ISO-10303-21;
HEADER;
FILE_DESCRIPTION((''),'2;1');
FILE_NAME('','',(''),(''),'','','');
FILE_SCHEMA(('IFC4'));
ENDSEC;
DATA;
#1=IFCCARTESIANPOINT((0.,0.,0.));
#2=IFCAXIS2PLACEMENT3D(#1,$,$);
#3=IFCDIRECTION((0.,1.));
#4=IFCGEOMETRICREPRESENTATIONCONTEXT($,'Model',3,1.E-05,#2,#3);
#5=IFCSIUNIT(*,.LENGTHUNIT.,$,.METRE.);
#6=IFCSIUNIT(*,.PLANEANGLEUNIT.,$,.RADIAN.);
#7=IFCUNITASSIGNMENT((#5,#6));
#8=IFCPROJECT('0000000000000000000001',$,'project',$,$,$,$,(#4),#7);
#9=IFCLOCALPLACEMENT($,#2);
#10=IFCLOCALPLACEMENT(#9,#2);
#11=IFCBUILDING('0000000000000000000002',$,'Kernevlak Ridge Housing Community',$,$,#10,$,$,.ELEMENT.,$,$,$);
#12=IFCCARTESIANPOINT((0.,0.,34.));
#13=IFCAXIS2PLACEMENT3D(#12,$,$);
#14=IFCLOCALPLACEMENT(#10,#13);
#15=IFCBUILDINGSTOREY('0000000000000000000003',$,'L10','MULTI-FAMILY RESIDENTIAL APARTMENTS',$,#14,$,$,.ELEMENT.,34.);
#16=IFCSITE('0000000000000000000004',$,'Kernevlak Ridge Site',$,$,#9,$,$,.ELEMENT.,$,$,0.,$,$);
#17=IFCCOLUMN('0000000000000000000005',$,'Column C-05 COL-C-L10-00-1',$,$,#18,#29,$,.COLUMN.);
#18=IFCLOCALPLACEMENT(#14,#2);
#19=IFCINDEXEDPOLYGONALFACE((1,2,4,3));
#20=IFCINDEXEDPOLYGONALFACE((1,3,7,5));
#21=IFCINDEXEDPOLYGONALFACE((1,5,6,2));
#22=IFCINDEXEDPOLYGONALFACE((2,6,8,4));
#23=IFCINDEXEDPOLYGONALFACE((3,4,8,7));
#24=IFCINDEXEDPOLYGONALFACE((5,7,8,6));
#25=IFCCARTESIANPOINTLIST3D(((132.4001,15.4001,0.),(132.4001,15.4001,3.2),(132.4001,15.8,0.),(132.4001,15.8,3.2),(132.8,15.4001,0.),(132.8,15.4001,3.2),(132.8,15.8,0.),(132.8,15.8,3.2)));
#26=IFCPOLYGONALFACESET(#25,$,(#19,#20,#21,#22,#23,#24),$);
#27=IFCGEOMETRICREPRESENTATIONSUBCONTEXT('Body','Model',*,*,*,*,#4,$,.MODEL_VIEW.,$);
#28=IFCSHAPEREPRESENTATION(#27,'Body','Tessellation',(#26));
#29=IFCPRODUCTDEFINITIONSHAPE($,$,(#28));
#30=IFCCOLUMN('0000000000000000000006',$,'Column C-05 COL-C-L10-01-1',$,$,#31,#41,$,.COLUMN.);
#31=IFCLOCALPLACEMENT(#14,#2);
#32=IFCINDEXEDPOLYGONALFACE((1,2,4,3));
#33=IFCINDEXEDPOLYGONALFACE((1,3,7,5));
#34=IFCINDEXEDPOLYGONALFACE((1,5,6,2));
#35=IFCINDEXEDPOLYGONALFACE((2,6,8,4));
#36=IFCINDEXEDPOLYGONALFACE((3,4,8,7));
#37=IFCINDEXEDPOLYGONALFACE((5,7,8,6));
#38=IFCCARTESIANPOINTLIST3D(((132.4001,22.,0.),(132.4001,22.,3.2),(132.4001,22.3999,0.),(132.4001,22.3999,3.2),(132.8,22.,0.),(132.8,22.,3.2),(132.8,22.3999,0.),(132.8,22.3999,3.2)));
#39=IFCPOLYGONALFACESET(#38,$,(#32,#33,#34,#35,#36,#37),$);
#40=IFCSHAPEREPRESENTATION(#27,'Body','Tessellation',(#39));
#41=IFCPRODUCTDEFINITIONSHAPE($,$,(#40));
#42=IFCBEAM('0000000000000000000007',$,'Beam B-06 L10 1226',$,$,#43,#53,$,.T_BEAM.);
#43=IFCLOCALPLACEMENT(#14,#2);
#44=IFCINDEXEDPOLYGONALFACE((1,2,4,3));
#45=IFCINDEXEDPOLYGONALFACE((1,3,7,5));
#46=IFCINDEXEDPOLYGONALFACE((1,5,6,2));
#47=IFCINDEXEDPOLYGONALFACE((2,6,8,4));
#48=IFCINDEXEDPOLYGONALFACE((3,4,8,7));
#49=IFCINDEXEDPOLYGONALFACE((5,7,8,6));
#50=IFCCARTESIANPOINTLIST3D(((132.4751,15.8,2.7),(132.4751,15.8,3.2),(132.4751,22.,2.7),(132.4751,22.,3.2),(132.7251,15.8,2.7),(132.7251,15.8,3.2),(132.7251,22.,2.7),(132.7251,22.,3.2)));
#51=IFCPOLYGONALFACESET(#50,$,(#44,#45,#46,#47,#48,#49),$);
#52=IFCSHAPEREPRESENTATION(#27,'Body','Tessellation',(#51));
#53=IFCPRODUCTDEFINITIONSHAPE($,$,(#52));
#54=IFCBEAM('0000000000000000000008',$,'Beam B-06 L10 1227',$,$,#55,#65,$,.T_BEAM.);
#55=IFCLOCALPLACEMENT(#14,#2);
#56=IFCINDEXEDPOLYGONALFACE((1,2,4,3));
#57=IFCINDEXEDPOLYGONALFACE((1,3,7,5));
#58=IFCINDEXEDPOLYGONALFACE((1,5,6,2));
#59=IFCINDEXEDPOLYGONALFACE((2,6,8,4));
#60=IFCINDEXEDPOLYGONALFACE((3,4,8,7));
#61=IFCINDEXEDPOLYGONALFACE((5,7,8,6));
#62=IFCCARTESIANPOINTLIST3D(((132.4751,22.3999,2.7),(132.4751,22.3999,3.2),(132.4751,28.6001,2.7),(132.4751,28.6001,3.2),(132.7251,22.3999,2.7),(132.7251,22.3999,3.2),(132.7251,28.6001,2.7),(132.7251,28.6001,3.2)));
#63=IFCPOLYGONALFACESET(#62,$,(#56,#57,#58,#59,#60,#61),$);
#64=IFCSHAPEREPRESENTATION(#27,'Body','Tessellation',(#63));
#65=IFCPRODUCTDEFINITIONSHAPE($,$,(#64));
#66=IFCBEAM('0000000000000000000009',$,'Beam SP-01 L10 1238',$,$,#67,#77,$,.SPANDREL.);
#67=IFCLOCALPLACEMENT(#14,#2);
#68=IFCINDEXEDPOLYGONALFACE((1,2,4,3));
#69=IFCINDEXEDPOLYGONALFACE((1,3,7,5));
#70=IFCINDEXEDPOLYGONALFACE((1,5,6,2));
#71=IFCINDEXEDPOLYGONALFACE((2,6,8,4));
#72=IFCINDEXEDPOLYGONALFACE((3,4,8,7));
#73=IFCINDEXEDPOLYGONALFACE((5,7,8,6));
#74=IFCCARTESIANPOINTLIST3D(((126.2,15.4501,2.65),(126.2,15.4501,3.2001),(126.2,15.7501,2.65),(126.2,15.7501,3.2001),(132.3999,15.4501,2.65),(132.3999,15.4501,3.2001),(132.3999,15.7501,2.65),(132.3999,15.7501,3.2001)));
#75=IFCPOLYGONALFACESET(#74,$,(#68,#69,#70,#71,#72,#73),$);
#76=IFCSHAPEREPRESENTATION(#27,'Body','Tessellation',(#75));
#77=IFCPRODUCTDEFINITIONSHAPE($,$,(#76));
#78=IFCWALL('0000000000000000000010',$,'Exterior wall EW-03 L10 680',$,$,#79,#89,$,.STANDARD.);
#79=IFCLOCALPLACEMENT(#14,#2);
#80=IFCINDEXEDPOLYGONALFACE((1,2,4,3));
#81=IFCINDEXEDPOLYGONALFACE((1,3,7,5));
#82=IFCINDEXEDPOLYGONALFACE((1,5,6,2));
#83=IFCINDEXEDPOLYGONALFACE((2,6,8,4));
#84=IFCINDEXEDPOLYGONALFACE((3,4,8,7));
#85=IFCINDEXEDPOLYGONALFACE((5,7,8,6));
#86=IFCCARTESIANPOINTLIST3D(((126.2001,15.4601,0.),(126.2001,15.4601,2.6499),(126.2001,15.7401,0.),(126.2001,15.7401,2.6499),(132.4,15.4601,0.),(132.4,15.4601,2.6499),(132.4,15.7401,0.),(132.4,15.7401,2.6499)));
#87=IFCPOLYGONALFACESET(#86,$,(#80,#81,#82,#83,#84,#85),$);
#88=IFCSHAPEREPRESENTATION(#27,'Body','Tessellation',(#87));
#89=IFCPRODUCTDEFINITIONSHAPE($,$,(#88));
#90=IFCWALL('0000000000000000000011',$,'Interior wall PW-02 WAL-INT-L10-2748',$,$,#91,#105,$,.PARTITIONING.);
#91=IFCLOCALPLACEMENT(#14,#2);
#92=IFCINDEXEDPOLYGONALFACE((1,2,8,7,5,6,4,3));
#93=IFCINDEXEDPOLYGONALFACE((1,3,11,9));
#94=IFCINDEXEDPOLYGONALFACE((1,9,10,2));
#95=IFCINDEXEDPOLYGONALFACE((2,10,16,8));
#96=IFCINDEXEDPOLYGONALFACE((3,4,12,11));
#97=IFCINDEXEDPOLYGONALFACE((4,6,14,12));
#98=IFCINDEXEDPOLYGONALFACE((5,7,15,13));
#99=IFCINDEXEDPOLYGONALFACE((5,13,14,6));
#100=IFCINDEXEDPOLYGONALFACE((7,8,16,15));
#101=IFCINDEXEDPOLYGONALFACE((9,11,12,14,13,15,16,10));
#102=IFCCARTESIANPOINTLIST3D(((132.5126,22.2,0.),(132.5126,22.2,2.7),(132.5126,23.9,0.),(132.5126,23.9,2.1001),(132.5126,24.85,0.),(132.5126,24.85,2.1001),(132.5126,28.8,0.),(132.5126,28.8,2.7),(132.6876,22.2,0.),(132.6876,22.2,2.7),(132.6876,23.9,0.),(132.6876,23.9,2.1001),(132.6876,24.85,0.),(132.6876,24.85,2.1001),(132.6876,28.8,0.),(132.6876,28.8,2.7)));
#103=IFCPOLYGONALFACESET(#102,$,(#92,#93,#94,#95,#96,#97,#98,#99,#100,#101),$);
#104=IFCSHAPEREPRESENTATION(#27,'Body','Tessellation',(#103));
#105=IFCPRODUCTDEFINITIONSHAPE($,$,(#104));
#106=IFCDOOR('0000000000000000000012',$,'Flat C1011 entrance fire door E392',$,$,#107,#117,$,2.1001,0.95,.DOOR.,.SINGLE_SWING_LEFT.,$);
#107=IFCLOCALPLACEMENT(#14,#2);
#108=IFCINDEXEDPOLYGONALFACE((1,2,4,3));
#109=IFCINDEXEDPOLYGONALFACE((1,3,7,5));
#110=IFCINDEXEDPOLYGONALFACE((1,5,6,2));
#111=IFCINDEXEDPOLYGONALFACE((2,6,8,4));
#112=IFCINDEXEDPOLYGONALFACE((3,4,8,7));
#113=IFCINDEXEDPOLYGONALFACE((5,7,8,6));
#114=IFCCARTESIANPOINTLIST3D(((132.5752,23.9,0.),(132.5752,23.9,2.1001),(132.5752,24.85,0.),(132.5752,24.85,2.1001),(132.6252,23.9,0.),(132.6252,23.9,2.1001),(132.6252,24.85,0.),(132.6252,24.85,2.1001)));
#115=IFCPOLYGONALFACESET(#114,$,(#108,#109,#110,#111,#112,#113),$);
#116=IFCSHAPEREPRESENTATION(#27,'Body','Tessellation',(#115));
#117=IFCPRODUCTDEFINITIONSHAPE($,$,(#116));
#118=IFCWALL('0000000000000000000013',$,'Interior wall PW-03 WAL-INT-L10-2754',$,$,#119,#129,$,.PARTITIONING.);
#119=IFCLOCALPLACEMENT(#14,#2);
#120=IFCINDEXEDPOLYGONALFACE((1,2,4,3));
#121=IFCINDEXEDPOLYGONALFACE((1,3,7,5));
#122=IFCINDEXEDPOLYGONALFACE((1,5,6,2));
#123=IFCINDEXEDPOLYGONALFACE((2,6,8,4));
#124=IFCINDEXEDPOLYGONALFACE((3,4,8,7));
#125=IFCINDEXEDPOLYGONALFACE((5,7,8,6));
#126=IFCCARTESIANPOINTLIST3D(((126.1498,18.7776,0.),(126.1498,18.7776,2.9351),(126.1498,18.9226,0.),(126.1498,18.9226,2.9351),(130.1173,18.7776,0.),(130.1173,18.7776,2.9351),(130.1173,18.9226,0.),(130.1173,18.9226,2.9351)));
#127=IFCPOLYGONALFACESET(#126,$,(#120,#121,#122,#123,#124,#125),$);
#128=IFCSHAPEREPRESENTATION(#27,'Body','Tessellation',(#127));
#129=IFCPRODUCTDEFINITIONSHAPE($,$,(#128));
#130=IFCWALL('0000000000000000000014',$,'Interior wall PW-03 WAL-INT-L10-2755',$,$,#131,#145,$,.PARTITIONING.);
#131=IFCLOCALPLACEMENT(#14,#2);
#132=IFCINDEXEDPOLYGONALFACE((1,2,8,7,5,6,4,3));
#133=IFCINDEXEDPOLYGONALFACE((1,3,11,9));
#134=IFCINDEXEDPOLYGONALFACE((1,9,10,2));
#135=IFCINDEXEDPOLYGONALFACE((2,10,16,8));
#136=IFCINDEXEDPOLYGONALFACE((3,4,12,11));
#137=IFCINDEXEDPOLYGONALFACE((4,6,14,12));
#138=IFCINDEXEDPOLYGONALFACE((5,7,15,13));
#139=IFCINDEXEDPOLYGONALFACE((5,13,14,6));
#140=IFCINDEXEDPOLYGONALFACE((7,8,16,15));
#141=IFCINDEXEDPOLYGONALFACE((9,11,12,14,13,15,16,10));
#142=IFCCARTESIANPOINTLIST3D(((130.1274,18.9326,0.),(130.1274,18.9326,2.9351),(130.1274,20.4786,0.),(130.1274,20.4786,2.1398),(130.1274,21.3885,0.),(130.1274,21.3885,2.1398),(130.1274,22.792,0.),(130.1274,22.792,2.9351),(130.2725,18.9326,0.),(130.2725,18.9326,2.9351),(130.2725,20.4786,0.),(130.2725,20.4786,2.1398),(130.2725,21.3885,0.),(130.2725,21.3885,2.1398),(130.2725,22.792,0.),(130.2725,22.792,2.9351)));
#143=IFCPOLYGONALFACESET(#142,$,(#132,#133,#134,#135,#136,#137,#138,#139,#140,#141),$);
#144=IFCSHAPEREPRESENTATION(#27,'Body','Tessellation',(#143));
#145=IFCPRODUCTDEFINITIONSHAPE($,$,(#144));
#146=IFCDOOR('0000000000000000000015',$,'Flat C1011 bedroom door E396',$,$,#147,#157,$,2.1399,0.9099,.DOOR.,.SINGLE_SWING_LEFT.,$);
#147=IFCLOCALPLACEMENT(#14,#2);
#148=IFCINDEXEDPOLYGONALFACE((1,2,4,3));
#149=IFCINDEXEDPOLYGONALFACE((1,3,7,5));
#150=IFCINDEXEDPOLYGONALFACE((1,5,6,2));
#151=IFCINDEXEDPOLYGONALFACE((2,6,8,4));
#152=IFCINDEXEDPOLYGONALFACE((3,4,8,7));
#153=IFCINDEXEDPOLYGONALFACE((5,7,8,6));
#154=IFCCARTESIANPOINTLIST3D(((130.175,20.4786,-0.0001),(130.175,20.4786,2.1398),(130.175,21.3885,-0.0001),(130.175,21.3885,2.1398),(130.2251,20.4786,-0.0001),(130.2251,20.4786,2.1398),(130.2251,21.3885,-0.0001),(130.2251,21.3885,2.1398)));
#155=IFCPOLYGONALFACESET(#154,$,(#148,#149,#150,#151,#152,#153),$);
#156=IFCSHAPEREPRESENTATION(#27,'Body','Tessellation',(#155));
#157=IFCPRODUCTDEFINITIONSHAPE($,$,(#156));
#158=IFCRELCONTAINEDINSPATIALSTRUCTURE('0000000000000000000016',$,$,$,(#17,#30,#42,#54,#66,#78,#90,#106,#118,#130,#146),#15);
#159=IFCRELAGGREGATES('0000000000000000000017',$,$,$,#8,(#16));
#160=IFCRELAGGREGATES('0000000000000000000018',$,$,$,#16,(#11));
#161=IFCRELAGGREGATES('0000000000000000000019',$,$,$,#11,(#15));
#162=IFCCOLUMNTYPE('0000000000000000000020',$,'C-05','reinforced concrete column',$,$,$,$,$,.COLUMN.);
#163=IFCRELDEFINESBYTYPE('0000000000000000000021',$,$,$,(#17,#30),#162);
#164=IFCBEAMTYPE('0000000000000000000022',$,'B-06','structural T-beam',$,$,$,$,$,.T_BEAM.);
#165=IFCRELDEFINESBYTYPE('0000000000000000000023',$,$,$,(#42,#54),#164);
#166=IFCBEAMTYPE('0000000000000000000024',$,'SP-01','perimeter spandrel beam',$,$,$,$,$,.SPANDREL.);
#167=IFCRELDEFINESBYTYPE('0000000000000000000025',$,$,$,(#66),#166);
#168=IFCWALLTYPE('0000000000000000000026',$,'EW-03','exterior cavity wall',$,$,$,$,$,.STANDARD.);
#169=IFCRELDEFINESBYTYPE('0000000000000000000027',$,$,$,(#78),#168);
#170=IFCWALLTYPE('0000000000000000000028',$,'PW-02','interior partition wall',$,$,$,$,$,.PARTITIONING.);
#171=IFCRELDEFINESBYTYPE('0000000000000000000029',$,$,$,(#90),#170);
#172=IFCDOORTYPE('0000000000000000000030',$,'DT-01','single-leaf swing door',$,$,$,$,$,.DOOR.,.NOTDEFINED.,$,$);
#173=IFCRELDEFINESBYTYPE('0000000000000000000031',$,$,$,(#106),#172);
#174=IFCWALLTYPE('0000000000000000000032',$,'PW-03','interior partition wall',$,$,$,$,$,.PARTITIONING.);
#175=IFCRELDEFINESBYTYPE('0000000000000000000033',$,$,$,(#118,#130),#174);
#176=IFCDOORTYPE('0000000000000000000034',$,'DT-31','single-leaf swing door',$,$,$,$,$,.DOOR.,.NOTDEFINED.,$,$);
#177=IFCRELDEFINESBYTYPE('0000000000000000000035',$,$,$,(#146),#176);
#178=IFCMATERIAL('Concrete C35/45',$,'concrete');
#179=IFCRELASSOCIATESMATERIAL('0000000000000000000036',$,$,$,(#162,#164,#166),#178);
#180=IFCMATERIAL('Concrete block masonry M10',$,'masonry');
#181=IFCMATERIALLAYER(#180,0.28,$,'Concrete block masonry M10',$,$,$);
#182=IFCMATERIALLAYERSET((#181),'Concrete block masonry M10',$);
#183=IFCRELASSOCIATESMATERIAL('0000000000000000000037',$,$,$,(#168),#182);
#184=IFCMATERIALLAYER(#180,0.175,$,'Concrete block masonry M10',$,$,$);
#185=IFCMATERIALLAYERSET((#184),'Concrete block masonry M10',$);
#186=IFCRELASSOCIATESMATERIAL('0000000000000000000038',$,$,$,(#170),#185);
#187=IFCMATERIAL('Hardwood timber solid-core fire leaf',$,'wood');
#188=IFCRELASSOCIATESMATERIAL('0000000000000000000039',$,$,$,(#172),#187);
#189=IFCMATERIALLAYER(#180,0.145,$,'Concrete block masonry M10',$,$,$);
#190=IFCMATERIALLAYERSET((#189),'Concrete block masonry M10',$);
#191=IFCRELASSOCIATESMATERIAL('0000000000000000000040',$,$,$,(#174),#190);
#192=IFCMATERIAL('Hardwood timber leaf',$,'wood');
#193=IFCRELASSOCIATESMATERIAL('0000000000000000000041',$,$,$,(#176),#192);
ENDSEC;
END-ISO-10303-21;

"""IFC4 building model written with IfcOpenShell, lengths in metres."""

from ifc_helpers import new_model, si_unit, direction, frame, frame_2d, origin, origin_2d, place, context, subcontext, project, spatial, rectangle, extrude, material, layer, layer_set, material_profile, profile_set, type_object, element, fill, save


model = new_model("IFC4")

# Units and contexts
model_context = context("Model", 3, precision=1e-05, world=origin(), true_north=direction((0.0, 1.0)))
body_context = subcontext(model_context, "Body", "Model", "MODEL_VIEW")
ifc_project = project(units=[si_unit("LENGTHUNIT", "METRE"), si_unit("PLANEANGLEUNIT", "RADIAN")], contexts=[model_context])

# Site, building, storey
site_placement = place(None, origin())
site = spatial("IfcSite", under=ifc_project, at=site_placement, Name="Kernevlak Ridge Site", CompositionType="ELEMENT", RefElevation=0.0)
building_placement = place(site_placement, origin())
building = spatial("IfcBuilding", under=site, at=building_placement, Name="Kernevlak Ridge Housing Community", CompositionType="ELEMENT")
storey_placement = place(building_placement, frame((0.0, 0.0, 34.0)))
storey = spatial("IfcBuildingStorey", under=building, at=storey_placement, Name="L10", Description="MULTI-FAMILY RESIDENTIAL APARTMENTS", CompositionType="ELEMENT", Elevation=34.0)

# Columns
ifc_material_1 = material(Name="Concrete C35/45", Category="concrete")
ifc_material_profile_1 = material_profile(ifc_material_1, rectangle(XDim=0.3999, YDim=0.3999, at=origin_2d()), Name="RC 400x400")
ifc_profile_set_1 = profile_set([ifc_material_profile_1], Name="Concrete C35/45")
column_type = type_object("IfcColumnType", Name="C-05", Description="reinforced concrete column", PredefinedType="COLUMN", material=ifc_profile_set_1)
for number, where, z_axis, x_axis, name in (
    (1, (132.6001, 15.6001, 0.0), (0.0, 0.0, 1.0), (1.0, 0.0, 0.0), "Column C-05 COL-C-L10-00-1"),
    (2, (132.6001, 22.2, 0.0), (0.0, 0.0, 1.0), (1.0, 0.0, 0.0), "Column C-05 COL-C-L10-01-1"),
):
    element("IfcColumn", number, at=place(storey_placement, frame(where, z_axis=z_axis, x_axis=x_axis)), inside=storey, type_object=column_type, Name=name, PredefinedType="COLUMN", context=body_context, shape_type="SweptSolid", body=[
        extrude(rectangle(XDim=0.3999, YDim=0.3999, at=origin_2d()), origin(), (0.0, 0.0, 1.0), 3.2),
    ])

# Beams
ifc_material_profile_2 = material_profile(ifc_material_1, rectangle(XDim=0.25, YDim=0.5, at=origin_2d()), Name="RC 250x500")
ifc_profile_set_2 = profile_set([ifc_material_profile_2], Name="Concrete C35/45")
beam_type_1 = type_object("IfcBeamType", Name="B-06", Description="structural T-beam", PredefinedType="T_BEAM", material=ifc_profile_set_2)
beam_1_placement = place(storey_placement, frame((132.6001, 15.8, 2.95), z_axis=(0.0, 1.0, 0.0), x_axis=(-1.0, 0.0, 0.0)))
element("IfcBeam", 3, at=beam_1_placement, inside=storey, type_object=beam_type_1, Name="Beam B-06 L10 1226", PredefinedType="T_BEAM", context=body_context, shape_type="SweptSolid", body=[
    extrude(rectangle(XDim=0.25, YDim=0.5, at=origin_2d()), origin(), (0.0, 0.0, 1.0), 6.2),
])
beam_2_placement = place(storey_placement, frame((132.6001, 22.3999, 2.95), z_axis=(0.0, 1.0, 0.0), x_axis=(-1.0, 0.0, 0.0)))
element("IfcBeam", 4, at=beam_2_placement, inside=storey, type_object=beam_type_1, Name="Beam B-06 L10 1227", PredefinedType="T_BEAM", context=body_context, shape_type="SweptSolid", body=[
    extrude(rectangle(XDim=0.25, YDim=0.5, at=origin_2d()), origin(), (0.0, 0.0, 1.0), 6.2002),
])
ifc_material_profile_3 = material_profile(ifc_material_1, rectangle(XDim=0.3, YDim=0.55, at=origin_2d()), Name="RC 300x550")
ifc_profile_set_3 = profile_set([ifc_material_profile_3], Name="Concrete C35/45")
beam_type_2 = type_object("IfcBeamType", Name="SP-01", Description="perimeter spandrel beam", PredefinedType="SPANDREL", material=ifc_profile_set_3)
beam_3_placement = place(storey_placement, frame((126.2, 15.6001, 2.925), z_axis=(1.0, 0.0, 0.0), x_axis=(0.0, 1.0, 0.0)))
element("IfcBeam", 5, at=beam_3_placement, inside=storey, type_object=beam_type_2, Name="Beam SP-01 L10 1238", PredefinedType="SPANDREL", context=body_context, shape_type="SweptSolid", body=[
    extrude(rectangle(XDim=0.3, YDim=0.55, at=origin_2d()), origin(), (0.0, 0.0, 1.0), 6.2),
])

# Wall
ifc_material_2 = material(Name="Concrete block masonry M10", Category="masonry")
ifc_layer_1 = layer(ifc_material_2, 0.28, Name="Concrete block masonry M10")
ifc_layer_set_1 = layer_set([ifc_layer_1], Name="Concrete block masonry M10")
wall_type_1 = type_object("IfcWallType", Name="EW-03", Description="exterior cavity wall", PredefinedType="STANDARD", material=ifc_layer_set_1)
wall_1_placement = place(storey_placement, frame((126.2, 15.6001, 0.0), z_axis=(0.0, 0.0, 1.0), x_axis=(1.0, 0.0, 0.0)))
element("IfcWall", 6, at=wall_1_placement, inside=storey, type_object=wall_type_1, Name="Exterior wall EW-03 L10 680", PredefinedType="STANDARD", context=body_context, shape_type="SweptSolid", body=[
    extrude(rectangle(XDim=6.2, YDim=0.28, at=frame_2d((3.1001, 0.0))), origin(), (0.0, 0.0, 1.0), 2.6499),
])

# Wall, opening, door
ifc_layer_2 = layer(ifc_material_2, 0.175, Name="Concrete block masonry M10")
ifc_layer_set_2 = layer_set([ifc_layer_2], Name="Concrete block masonry M10")
wall_type_2 = type_object("IfcWallType", Name="PW-02", Description="interior partition wall", PredefinedType="PARTITIONING", material=ifc_layer_set_2)
wall_2_placement = place(storey_placement, frame((132.6001, 22.2, 0.0), z_axis=(0.0, 0.0, 1.0), x_axis=(0.0, 1.0, 0.0)))
wall_2 = element("IfcWall", 7, at=wall_2_placement, inside=storey, type_object=wall_type_2, Name="Interior wall PW-02 WAL-INT-L10-2748", PredefinedType="PARTITIONING", context=body_context, shape_type="SweptSolid", body=[
    extrude(rectangle(XDim=6.6001, YDim=0.175, at=frame_2d((3.3, 0.0))), origin(), (0.0, 0.0, 1.0), 2.7),
])
opening_1_placement = place(wall_2_placement, frame((1.7, 0.0, 0.0)))
opening_1 = element("IfcOpeningElement", 8, at=opening_1_placement, cuts=wall_2, PredefinedType="OPENING", context=body_context, shape_type="SweptSolid", body=[
    extrude(rectangle(XDim=0.95, YDim=2.1001, at=frame_2d((0.4751, 1.05))), frame((0.0, 0.0974, 0.0), z_axis=(0.0, -1.0, 0.0), x_axis=(1.0, 0.0, 0.0)), (0.0, 0.0, 1.0), 0.1951),
])
ifc_material_3 = material(Name="Hardwood timber solid-core fire leaf", Category="wood")
door_type_1 = type_object("IfcDoorType", Name="DT-01", Description="single-leaf swing door", OperationType="NOTDEFINED", PredefinedType="DOOR", material=ifc_material_3)
door_1_placement = place(opening_1_placement, origin())
door_1 = element("IfcDoor", 9, at=door_1_placement, inside=storey, type_object=door_type_1, Name="Flat C1011 entrance fire door E392", OperationType="SINGLE_SWING_LEFT", OverallHeight=2.1001, OverallWidth=0.95, PredefinedType="DOOR", context=body_context, shape_type="SweptSolid", body=[
    extrude(rectangle(XDim=0.95, YDim=2.1001, at=frame_2d((0.4751, 1.05))), frame((0.0, 0.0249, 0.0), z_axis=(0.0, -1.0, 0.0), x_axis=(1.0, 0.0, 0.0)), (0.0, 0.0, 1.0), 0.05),
])
fill(opening_1, door_1)
ifc_layer_3 = layer(ifc_material_2, 0.145, Name="Concrete block masonry M10")
ifc_layer_set_3 = layer_set([ifc_layer_3], Name="Concrete block masonry M10")
wall_type_3 = type_object("IfcWallType", Name="PW-03", Description="interior partition wall", PredefinedType="PARTITIONING", material=ifc_layer_set_3)
ifc_material_4 = material(Name="Hardwood timber leaf", Category="wood")

# Wall
wall_3_placement = place(storey_placement, frame((130.1174, 18.8501, 0.0), z_axis=(0.0, 0.0, 1.0), x_axis=(-1.0, 0.0, 0.0)))
element("IfcWall", 10, at=wall_3_placement, inside=storey, type_object=wall_type_3, Name="Interior wall PW-03 WAL-INT-L10-2754", PredefinedType="PARTITIONING", context=body_context, shape_type="SweptSolid", body=[
    extrude(rectangle(XDim=3.9675, YDim=0.145, at=frame_2d((1.9839, 0.0))), origin(), (0.0, 0.0, 1.0), 2.9351),
])

# Wall, opening, door
wall_4_placement = place(storey_placement, frame((130.2, 18.9326, 0.0), z_axis=(0.0, 0.0, 1.0), x_axis=(0.0, 1.0, 0.0)))
wall_4 = element("IfcWall", 11, at=wall_4_placement, inside=storey, type_object=wall_type_3, Name="Interior wall PW-03 WAL-INT-L10-2755", PredefinedType="PARTITIONING", context=body_context, shape_type="SweptSolid", body=[
    extrude(rectangle(XDim=3.8594, YDim=0.145, at=frame_2d((1.9297, 0.0))), origin(), (0.0, 0.0, 1.0), 2.9351),
])
opening_2_placement = place(wall_4_placement, frame((1.5459, 0.0, 0.0)))
opening_2 = element("IfcOpeningElement", 12, at=opening_2_placement, cuts=wall_4, PredefinedType="OPENING", context=body_context, shape_type="SweptSolid", body=[
    extrude(rectangle(XDim=0.9099, YDim=2.1399, at=frame_2d((0.4551, 1.0698))), frame((0.0, 0.0825, 0.0), z_axis=(0.0, -1.0, 0.0), x_axis=(1.0, 0.0, 0.0)), (0.0, 0.0, 1.0), 0.165),
])
door_type_2 = type_object("IfcDoorType", Name="DT-31", Description="single-leaf swing door", OperationType="NOTDEFINED", PredefinedType="DOOR", material=ifc_material_4)
door_2_placement = place(opening_2_placement, origin())
door_2 = element("IfcDoor", 13, at=door_2_placement, inside=storey, type_object=door_type_2, Name="Flat C1011 bedroom door E396", OperationType="SINGLE_SWING_LEFT", OverallHeight=2.1399, OverallWidth=0.9099, PredefinedType="DOOR", context=body_context, shape_type="SweptSolid", body=[
    extrude(rectangle(XDim=0.9099, YDim=2.1399, at=frame_2d((0.4551, 1.0698))), frame((0.0, 0.0249, 0.0), z_axis=(0.0, -1.0, 0.0), x_axis=(1.0, 0.0, 0.0)), (0.0, 0.0, 1.0), 0.05),
])
fill(opening_2, door_2)

save(model, "model.ifc")
